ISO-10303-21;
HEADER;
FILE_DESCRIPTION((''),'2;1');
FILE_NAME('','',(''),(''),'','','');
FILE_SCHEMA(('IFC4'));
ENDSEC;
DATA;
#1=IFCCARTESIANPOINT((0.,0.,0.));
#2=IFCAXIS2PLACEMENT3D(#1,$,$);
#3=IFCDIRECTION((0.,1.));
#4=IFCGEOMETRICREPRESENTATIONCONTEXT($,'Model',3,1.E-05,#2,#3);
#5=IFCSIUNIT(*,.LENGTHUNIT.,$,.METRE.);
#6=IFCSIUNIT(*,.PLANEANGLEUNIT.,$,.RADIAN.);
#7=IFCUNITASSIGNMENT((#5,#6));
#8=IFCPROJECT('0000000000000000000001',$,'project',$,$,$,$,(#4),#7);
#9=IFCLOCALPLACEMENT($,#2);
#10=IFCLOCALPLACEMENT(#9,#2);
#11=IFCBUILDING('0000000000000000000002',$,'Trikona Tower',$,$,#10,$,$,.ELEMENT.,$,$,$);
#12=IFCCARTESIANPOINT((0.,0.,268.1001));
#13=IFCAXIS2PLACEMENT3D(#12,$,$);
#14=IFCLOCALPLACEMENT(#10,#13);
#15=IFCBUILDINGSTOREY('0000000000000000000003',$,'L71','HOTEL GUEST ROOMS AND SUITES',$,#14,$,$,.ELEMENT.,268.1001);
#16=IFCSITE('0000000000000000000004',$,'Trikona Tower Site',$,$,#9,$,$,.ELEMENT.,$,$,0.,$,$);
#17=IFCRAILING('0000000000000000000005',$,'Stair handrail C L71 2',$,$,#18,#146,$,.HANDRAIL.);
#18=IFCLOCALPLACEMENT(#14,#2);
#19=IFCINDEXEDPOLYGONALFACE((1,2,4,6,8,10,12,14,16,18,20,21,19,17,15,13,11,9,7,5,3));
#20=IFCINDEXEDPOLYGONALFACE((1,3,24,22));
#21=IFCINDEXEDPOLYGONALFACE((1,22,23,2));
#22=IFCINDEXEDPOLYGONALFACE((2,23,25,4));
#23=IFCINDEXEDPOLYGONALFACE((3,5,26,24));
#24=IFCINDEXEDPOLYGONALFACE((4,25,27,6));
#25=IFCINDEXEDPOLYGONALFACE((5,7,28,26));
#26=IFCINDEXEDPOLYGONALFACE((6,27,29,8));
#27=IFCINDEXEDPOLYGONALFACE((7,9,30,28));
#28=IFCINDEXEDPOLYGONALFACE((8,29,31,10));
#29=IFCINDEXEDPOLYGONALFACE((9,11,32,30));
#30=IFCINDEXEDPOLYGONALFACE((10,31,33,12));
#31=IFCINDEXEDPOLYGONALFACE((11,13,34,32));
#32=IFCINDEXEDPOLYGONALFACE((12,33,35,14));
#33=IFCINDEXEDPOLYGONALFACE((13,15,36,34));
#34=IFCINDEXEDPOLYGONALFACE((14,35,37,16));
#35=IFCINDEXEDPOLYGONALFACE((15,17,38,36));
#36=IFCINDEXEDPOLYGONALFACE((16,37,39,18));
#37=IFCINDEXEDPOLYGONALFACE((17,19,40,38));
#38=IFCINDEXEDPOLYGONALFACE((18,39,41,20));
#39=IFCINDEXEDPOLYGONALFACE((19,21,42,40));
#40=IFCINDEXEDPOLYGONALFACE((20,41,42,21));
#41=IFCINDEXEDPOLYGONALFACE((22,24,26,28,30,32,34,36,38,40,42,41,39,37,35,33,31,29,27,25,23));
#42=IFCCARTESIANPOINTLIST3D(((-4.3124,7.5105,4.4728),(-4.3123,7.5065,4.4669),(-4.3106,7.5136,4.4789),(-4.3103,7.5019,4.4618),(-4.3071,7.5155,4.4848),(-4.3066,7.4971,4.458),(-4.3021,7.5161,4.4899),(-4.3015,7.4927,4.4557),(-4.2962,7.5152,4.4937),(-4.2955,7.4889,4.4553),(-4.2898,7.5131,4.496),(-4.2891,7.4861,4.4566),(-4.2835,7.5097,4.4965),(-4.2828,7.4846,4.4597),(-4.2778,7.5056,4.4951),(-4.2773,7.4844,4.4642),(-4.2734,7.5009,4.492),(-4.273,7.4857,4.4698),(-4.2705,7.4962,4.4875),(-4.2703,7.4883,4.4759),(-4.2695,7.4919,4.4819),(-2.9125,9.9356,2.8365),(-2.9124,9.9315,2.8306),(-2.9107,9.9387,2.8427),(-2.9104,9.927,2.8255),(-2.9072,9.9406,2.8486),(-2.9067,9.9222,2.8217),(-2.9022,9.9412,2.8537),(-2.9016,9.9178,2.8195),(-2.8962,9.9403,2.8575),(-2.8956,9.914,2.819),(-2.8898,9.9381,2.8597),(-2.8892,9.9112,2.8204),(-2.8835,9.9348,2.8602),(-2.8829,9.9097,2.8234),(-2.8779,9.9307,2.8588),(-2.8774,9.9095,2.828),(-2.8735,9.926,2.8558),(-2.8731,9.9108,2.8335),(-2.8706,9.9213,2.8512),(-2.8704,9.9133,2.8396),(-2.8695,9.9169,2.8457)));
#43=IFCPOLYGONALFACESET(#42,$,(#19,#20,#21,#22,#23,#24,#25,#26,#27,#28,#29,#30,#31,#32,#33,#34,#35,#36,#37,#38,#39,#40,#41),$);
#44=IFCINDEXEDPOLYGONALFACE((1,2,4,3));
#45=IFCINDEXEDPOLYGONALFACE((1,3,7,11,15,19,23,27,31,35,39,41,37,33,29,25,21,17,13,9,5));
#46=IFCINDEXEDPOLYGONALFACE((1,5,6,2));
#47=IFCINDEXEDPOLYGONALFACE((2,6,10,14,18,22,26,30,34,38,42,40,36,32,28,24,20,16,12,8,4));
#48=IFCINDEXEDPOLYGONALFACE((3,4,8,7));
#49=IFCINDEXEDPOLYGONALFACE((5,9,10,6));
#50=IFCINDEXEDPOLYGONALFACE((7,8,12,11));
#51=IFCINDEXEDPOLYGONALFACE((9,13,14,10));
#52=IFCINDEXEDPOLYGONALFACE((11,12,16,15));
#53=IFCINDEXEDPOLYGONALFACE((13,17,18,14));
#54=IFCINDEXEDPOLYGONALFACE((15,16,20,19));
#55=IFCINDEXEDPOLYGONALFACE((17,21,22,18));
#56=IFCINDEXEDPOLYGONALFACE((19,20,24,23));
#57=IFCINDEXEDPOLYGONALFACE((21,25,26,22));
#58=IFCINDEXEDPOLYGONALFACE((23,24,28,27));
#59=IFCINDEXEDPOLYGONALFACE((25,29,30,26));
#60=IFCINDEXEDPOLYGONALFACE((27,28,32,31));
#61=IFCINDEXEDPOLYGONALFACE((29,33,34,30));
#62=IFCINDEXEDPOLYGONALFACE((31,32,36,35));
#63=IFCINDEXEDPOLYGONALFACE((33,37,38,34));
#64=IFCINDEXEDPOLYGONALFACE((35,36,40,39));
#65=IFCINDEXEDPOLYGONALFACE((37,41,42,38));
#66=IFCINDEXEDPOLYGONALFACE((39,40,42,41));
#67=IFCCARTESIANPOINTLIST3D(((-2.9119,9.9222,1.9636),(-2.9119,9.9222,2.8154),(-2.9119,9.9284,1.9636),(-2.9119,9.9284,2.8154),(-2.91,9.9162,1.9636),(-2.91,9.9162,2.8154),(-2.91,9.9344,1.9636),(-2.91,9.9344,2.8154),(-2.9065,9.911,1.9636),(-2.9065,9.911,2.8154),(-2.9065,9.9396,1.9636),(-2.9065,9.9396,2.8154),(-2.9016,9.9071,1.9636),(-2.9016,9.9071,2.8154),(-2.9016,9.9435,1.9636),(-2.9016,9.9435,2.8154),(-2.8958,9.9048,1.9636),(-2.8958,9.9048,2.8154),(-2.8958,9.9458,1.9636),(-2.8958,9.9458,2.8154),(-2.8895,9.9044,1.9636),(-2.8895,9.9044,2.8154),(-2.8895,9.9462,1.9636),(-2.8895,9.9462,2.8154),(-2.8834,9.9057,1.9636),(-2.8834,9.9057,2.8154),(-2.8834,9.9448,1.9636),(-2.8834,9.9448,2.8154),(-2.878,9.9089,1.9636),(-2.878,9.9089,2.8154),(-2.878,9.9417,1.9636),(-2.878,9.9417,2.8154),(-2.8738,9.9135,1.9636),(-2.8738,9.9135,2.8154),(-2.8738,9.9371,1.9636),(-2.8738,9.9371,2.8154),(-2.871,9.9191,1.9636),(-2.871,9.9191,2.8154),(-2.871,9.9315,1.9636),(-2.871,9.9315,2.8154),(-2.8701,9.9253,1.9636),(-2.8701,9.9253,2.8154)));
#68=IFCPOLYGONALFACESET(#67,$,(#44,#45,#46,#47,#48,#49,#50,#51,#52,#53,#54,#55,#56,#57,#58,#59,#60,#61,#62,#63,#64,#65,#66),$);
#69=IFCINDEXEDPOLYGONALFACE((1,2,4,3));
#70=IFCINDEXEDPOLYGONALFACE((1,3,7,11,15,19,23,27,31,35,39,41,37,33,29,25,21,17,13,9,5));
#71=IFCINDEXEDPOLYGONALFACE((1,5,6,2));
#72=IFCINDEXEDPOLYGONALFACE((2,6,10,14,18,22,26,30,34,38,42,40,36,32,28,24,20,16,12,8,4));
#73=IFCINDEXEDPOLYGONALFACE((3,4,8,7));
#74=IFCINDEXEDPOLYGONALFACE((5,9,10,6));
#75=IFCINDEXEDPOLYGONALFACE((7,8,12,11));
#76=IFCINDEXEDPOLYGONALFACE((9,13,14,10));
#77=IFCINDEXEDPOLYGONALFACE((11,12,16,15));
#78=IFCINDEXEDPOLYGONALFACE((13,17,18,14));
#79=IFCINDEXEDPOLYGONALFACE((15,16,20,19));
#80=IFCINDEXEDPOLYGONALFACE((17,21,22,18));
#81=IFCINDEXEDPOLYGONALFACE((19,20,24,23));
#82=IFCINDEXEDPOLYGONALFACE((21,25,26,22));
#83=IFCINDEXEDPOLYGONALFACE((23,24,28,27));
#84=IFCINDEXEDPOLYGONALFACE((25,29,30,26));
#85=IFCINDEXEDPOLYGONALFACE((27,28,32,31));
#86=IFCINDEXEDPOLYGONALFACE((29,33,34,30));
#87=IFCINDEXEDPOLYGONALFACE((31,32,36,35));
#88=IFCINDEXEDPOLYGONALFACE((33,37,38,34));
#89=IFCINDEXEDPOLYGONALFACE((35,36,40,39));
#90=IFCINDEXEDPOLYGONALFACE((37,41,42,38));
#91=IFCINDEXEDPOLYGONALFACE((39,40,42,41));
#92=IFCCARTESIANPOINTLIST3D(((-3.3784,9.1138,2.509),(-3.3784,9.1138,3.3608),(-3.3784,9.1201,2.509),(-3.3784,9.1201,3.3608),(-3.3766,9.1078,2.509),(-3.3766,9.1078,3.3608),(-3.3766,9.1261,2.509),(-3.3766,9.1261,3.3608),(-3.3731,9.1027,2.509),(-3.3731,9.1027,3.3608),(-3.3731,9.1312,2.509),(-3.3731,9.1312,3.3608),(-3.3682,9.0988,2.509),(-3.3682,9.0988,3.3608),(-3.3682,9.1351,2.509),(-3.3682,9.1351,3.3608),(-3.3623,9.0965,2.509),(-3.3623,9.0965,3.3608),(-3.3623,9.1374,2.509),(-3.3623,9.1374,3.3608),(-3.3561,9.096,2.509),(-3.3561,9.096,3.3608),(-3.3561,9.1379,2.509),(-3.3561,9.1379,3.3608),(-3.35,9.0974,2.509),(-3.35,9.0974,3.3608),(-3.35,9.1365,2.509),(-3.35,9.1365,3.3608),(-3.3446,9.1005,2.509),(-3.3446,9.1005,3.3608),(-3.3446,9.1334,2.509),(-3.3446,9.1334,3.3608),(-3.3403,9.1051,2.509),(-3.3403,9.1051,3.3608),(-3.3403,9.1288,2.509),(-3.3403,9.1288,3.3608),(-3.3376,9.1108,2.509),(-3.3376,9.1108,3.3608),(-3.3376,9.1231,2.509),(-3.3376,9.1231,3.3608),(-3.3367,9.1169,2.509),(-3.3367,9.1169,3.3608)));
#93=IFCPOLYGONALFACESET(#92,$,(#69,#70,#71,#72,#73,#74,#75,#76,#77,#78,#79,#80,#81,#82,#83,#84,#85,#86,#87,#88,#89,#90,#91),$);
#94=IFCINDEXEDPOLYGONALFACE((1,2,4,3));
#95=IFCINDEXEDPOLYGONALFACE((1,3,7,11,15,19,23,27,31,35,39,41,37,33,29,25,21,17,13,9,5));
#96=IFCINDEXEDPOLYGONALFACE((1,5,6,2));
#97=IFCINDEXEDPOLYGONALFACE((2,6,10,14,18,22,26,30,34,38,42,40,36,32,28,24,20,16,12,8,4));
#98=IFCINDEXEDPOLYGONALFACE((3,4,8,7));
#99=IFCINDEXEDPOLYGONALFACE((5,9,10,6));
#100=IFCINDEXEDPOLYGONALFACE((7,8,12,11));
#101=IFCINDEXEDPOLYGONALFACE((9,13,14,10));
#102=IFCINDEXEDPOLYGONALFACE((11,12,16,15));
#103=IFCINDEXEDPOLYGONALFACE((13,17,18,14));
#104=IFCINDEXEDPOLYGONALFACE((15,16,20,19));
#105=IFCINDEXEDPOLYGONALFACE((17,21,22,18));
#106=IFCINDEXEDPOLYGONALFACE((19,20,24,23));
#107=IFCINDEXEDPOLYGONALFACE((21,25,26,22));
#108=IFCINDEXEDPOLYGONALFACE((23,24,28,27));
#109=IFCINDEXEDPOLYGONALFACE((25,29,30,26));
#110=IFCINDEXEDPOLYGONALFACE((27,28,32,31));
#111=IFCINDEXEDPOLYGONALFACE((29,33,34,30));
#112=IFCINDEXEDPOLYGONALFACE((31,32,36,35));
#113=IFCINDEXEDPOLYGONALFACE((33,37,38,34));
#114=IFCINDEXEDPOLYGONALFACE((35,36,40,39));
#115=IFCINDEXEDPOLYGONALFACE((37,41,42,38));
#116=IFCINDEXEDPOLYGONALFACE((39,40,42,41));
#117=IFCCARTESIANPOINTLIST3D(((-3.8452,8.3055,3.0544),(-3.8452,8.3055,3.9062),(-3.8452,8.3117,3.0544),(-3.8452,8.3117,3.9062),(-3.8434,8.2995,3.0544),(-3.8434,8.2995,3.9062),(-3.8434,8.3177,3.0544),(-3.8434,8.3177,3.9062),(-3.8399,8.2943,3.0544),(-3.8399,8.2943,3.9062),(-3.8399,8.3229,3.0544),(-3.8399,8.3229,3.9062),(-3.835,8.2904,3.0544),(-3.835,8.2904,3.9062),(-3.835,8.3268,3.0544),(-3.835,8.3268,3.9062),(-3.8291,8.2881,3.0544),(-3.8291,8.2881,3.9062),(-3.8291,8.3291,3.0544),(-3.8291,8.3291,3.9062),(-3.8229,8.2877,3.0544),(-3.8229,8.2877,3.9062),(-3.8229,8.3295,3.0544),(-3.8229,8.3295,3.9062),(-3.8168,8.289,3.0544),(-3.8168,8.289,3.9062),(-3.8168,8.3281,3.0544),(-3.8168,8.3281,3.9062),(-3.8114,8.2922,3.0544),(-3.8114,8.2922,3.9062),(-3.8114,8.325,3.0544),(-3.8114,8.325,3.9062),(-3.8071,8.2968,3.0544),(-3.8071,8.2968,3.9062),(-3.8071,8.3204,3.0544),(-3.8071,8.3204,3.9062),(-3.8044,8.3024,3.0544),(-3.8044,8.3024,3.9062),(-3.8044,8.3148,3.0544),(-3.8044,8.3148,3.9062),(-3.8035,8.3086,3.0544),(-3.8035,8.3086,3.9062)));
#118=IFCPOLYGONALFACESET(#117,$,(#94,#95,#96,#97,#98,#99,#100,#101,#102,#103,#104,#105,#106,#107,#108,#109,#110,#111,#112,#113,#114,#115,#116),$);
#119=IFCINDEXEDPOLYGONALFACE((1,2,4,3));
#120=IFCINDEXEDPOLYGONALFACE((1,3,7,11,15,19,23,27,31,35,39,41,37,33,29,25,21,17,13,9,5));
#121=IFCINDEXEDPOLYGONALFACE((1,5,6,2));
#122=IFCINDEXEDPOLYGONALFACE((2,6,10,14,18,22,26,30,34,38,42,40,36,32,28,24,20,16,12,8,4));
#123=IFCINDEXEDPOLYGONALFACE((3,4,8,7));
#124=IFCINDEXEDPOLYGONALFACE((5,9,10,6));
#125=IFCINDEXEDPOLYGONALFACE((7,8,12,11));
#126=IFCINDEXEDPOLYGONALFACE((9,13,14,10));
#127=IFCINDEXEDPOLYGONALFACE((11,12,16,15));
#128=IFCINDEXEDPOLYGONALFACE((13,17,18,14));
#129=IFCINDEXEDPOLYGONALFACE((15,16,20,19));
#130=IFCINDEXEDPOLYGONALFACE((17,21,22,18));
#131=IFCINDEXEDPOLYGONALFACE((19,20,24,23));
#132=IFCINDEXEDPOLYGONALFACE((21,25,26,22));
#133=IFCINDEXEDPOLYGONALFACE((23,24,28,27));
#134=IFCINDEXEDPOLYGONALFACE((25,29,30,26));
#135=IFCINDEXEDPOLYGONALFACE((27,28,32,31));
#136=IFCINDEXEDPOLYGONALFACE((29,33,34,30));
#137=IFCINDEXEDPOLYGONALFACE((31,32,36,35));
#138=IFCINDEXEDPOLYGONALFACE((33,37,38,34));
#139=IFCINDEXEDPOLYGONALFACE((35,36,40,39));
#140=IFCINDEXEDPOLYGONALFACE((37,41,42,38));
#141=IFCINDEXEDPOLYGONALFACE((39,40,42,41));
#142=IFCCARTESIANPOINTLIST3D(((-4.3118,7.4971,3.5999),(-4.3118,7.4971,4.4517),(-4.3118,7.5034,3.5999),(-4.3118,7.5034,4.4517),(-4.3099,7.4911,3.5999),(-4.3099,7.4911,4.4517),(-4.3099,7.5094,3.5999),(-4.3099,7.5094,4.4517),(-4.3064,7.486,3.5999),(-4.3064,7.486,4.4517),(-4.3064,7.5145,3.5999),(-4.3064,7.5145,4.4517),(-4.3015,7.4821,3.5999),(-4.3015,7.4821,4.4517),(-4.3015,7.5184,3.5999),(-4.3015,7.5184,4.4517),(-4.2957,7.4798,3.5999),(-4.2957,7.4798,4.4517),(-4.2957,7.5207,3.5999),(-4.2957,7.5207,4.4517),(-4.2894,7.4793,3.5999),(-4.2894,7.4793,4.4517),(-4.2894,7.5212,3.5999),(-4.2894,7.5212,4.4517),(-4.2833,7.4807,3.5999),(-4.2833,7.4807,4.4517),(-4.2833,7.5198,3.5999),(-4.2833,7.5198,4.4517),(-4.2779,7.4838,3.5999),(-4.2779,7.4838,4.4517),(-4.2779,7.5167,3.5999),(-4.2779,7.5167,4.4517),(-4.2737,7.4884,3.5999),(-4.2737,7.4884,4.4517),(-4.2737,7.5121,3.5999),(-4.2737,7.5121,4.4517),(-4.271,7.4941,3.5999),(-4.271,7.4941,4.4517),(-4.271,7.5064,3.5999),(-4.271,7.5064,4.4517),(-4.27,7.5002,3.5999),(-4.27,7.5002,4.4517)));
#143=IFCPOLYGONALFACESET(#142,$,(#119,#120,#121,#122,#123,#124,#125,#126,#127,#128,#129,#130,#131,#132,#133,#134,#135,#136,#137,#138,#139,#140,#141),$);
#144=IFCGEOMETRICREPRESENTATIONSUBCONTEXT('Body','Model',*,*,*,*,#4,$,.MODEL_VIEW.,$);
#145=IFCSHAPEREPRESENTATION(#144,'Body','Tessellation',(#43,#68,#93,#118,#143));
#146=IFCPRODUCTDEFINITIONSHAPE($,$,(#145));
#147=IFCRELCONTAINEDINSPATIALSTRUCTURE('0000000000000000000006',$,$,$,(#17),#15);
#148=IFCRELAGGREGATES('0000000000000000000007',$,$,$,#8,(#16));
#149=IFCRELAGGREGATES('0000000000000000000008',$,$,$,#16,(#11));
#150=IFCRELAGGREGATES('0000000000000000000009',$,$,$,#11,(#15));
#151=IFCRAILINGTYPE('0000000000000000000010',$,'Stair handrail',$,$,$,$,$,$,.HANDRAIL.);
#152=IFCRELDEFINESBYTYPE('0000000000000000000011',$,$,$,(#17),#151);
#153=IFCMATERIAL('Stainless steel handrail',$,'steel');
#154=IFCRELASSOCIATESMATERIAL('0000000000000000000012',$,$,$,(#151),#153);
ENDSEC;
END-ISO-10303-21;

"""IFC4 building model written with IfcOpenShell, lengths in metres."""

from ifc_helpers import new_model, si_unit, direction, frame, origin, origin_2d, place, context, subcontext, project, spatial, circle, extrude, material, type_object, element, save


model = new_model("IFC4")

# Units and contexts
model_context = context("Model", 3, precision=1e-05, world=origin(), true_north=direction((0.0, 1.0)))
body_context = subcontext(model_context, "Body", "Model", "MODEL_VIEW")
ifc_project = project(units=[si_unit("LENGTHUNIT", "METRE"), si_unit("PLANEANGLEUNIT", "RADIAN")], contexts=[model_context])

# Site, building, storey
site_placement = place(None, origin())
site = spatial("IfcSite", under=ifc_project, at=site_placement, Name="Trikona Tower Site", CompositionType="ELEMENT", RefElevation=0.0)
building_placement = place(site_placement, origin())
building = spatial("IfcBuilding", under=site, at=building_placement, Name="Trikona Tower", CompositionType="ELEMENT")
storey_placement = place(building_placement, frame((0.0, 0.0, 268.1001)))
storey = spatial("IfcBuildingStorey", under=building, at=storey_placement, Name="L71", Description="HOTEL GUEST ROOMS AND SUITES", CompositionType="ELEMENT", Elevation=268.1001)

# Railing
ifc_material_1 = material(Name="Stainless steel handrail", Category="steel")
railing_type = type_object("IfcRailingType", Name="Stair handrail", PredefinedType="HANDRAIL", material=ifc_material_1)
railing_1_placement = place(storey_placement, frame((-2.8911, 9.9253, 1.9636)))
element("IfcRailing", 1, at=railing_1_placement, inside=storey, type_object=railing_type, Name="Stair handrail C L71 2", PredefinedType="HANDRAIL", context=body_context, shape_type="SweptSolid", body=[
    extrude(circle(Radius=0.0239, at=origin_2d()), frame((0.0, 0.0, 0.876), z_axis=(-0.431653, -0.747751, 0.504523), x_axis=(0.866056, -0.499946, 0.0)), (0.0, 0.0, 1.0), 3.2432),
    extrude(circle(Radius=0.021, at=origin_2d()), origin(), (0.0, 0.0, 1.0), 0.8518),
    extrude(circle(Radius=0.021, at=origin_2d()), frame((-0.4666, -0.8083, 0.5454)), (0.0, 0.0, 1.0), 0.8518),
    extrude(circle(Radius=0.021, at=origin_2d()), frame((-0.9333, -1.6167, 1.0908)), (0.0, 0.0, 1.0), 0.8518),
    extrude(circle(Radius=0.021, at=origin_2d()), frame((-1.3999, -2.425, 1.6362)), (0.0, 0.0, 1.0), 0.8518),
])

save(model, "model.ifc")
